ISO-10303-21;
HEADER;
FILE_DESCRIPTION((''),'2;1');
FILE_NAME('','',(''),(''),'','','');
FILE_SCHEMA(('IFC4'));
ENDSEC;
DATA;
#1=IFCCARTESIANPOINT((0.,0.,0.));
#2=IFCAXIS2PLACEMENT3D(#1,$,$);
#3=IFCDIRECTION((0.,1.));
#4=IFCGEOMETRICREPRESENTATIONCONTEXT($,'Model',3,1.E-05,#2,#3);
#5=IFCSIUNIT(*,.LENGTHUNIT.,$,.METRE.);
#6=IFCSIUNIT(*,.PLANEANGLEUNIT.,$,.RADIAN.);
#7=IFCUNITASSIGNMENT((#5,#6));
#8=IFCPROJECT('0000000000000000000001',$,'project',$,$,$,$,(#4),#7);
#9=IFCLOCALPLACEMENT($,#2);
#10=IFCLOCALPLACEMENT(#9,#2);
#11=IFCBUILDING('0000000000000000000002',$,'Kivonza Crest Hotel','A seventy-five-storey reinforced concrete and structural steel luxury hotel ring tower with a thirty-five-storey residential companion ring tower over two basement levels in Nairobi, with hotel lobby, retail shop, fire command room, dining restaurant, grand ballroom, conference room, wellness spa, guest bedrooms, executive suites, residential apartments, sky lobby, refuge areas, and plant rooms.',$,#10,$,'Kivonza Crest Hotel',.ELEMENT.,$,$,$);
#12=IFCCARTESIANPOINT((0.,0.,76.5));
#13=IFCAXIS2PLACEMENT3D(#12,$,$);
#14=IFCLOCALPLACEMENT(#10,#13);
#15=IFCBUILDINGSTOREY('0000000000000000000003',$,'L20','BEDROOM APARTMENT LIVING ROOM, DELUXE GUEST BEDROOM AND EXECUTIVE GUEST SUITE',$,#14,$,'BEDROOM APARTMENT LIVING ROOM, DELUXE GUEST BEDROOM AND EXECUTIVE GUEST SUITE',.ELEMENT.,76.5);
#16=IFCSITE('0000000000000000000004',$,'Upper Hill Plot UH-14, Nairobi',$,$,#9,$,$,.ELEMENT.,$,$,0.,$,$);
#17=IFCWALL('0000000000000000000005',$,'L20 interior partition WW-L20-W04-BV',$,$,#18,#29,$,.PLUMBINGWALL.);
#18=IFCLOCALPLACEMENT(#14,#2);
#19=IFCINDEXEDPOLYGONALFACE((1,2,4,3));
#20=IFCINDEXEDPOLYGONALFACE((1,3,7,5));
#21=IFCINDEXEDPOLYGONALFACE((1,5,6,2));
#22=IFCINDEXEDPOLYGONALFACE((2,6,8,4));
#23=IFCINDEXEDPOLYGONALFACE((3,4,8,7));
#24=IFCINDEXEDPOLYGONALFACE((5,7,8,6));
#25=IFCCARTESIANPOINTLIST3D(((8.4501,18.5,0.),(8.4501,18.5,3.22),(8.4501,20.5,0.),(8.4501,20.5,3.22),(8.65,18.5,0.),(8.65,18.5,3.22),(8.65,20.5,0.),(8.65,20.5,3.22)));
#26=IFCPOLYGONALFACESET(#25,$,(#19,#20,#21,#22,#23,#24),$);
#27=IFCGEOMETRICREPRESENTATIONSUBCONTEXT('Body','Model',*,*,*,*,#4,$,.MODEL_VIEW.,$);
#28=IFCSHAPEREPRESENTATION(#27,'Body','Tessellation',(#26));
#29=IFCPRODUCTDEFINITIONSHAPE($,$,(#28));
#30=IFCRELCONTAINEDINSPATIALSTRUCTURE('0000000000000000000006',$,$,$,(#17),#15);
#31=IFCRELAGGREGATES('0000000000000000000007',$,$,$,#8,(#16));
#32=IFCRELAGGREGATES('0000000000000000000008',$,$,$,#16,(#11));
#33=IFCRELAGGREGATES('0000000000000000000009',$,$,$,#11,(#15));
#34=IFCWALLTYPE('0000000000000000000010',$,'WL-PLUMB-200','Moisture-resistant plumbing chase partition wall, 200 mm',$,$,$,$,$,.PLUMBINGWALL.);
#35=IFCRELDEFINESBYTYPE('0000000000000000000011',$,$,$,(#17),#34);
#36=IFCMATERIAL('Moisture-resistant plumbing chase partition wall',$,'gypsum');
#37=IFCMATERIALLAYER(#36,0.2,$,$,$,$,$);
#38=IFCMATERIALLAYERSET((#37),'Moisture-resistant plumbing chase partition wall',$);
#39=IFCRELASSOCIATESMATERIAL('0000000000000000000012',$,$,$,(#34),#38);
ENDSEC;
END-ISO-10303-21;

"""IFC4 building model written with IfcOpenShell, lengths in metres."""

from ifc_helpers import new_model, si_unit, direction, frame, frame_2d, origin, place, context, subcontext, project, spatial, rectangle, extrude, material, layer, layer_set, type_object, element, save


model = new_model("IFC4")

# Units and contexts
model_context = context("Model", 3, precision=1e-05, world=origin(), true_north=direction((0.0, 1.0)))
body_context = subcontext(model_context, "Body", "Model", "MODEL_VIEW")
ifc_project = project(units=[si_unit("LENGTHUNIT", "METRE"), si_unit("PLANEANGLEUNIT", "RADIAN")], contexts=[model_context])

# Site, building, storey
site_placement = place(None, origin())
site = spatial("IfcSite", under=ifc_project, at=site_placement, Name="Upper Hill Plot UH-14, Nairobi", CompositionType="ELEMENT", RefElevation=0.0)
building_placement = place(site_placement, origin())
building = spatial("IfcBuilding", under=site, at=building_placement, Name="Kivonza Crest Hotel", Description="A seventy-five-storey reinforced concrete and structural steel luxury hotel ring tower with a thirty-five-storey residential companion ring tower over two basement levels in Nairobi, with hotel lobby, retail shop, fire command room, dining restaurant, grand ballroom, conference room, wellness spa, guest bedrooms, executive suites, residential apartments, sky lobby, refuge areas, and plant rooms.", LongName="Kivonza Crest Hotel", CompositionType="ELEMENT")
storey_placement = place(building_placement, frame((0.0, 0.0, 76.5)))
storey = spatial("IfcBuildingStorey", under=building, at=storey_placement, Name="L20", Description="BEDROOM APARTMENT LIVING ROOM, DELUXE GUEST BEDROOM AND EXECUTIVE GUEST SUITE", LongName="BEDROOM APARTMENT LIVING ROOM, DELUXE GUEST BEDROOM AND EXECUTIVE GUEST SUITE", CompositionType="ELEMENT", Elevation=76.5)

# Wall
ifc_material_1 = material(Name="Moisture-resistant plumbing chase partition wall", Category="gypsum")
ifc_layer_1 = layer(ifc_material_1, 0.2)
ifc_layer_set_1 = layer_set([ifc_layer_1], Name="Moisture-resistant plumbing chase partition wall")
wall_type_1 = type_object("IfcWallType", Name="WL-PLUMB-200", Description="Moisture-resistant plumbing chase partition wall, 200 mm", PredefinedType="PLUMBINGWALL", material=ifc_layer_set_1)
wall_1_placement = place(storey_placement, frame((8.55, 18.5, 0.0), z_axis=(0.0, 0.0, 1.0), x_axis=(0.0, 1.0, 0.0)))
element("IfcWall", 1, at=wall_1_placement, inside=storey, type_object=wall_type_1, Name="L20 interior partition WW-L20-W04-BV", PredefinedType="PLUMBINGWALL", context=body_context, shape_type="SweptSolid", body=[
    extrude(rectangle(XDim=2.0, YDim=0.2, at=frame_2d((1.0, 0.0))), origin(), (0.0, 0.0, 1.0), 3.22),
])

save(model, "model.ifc")
